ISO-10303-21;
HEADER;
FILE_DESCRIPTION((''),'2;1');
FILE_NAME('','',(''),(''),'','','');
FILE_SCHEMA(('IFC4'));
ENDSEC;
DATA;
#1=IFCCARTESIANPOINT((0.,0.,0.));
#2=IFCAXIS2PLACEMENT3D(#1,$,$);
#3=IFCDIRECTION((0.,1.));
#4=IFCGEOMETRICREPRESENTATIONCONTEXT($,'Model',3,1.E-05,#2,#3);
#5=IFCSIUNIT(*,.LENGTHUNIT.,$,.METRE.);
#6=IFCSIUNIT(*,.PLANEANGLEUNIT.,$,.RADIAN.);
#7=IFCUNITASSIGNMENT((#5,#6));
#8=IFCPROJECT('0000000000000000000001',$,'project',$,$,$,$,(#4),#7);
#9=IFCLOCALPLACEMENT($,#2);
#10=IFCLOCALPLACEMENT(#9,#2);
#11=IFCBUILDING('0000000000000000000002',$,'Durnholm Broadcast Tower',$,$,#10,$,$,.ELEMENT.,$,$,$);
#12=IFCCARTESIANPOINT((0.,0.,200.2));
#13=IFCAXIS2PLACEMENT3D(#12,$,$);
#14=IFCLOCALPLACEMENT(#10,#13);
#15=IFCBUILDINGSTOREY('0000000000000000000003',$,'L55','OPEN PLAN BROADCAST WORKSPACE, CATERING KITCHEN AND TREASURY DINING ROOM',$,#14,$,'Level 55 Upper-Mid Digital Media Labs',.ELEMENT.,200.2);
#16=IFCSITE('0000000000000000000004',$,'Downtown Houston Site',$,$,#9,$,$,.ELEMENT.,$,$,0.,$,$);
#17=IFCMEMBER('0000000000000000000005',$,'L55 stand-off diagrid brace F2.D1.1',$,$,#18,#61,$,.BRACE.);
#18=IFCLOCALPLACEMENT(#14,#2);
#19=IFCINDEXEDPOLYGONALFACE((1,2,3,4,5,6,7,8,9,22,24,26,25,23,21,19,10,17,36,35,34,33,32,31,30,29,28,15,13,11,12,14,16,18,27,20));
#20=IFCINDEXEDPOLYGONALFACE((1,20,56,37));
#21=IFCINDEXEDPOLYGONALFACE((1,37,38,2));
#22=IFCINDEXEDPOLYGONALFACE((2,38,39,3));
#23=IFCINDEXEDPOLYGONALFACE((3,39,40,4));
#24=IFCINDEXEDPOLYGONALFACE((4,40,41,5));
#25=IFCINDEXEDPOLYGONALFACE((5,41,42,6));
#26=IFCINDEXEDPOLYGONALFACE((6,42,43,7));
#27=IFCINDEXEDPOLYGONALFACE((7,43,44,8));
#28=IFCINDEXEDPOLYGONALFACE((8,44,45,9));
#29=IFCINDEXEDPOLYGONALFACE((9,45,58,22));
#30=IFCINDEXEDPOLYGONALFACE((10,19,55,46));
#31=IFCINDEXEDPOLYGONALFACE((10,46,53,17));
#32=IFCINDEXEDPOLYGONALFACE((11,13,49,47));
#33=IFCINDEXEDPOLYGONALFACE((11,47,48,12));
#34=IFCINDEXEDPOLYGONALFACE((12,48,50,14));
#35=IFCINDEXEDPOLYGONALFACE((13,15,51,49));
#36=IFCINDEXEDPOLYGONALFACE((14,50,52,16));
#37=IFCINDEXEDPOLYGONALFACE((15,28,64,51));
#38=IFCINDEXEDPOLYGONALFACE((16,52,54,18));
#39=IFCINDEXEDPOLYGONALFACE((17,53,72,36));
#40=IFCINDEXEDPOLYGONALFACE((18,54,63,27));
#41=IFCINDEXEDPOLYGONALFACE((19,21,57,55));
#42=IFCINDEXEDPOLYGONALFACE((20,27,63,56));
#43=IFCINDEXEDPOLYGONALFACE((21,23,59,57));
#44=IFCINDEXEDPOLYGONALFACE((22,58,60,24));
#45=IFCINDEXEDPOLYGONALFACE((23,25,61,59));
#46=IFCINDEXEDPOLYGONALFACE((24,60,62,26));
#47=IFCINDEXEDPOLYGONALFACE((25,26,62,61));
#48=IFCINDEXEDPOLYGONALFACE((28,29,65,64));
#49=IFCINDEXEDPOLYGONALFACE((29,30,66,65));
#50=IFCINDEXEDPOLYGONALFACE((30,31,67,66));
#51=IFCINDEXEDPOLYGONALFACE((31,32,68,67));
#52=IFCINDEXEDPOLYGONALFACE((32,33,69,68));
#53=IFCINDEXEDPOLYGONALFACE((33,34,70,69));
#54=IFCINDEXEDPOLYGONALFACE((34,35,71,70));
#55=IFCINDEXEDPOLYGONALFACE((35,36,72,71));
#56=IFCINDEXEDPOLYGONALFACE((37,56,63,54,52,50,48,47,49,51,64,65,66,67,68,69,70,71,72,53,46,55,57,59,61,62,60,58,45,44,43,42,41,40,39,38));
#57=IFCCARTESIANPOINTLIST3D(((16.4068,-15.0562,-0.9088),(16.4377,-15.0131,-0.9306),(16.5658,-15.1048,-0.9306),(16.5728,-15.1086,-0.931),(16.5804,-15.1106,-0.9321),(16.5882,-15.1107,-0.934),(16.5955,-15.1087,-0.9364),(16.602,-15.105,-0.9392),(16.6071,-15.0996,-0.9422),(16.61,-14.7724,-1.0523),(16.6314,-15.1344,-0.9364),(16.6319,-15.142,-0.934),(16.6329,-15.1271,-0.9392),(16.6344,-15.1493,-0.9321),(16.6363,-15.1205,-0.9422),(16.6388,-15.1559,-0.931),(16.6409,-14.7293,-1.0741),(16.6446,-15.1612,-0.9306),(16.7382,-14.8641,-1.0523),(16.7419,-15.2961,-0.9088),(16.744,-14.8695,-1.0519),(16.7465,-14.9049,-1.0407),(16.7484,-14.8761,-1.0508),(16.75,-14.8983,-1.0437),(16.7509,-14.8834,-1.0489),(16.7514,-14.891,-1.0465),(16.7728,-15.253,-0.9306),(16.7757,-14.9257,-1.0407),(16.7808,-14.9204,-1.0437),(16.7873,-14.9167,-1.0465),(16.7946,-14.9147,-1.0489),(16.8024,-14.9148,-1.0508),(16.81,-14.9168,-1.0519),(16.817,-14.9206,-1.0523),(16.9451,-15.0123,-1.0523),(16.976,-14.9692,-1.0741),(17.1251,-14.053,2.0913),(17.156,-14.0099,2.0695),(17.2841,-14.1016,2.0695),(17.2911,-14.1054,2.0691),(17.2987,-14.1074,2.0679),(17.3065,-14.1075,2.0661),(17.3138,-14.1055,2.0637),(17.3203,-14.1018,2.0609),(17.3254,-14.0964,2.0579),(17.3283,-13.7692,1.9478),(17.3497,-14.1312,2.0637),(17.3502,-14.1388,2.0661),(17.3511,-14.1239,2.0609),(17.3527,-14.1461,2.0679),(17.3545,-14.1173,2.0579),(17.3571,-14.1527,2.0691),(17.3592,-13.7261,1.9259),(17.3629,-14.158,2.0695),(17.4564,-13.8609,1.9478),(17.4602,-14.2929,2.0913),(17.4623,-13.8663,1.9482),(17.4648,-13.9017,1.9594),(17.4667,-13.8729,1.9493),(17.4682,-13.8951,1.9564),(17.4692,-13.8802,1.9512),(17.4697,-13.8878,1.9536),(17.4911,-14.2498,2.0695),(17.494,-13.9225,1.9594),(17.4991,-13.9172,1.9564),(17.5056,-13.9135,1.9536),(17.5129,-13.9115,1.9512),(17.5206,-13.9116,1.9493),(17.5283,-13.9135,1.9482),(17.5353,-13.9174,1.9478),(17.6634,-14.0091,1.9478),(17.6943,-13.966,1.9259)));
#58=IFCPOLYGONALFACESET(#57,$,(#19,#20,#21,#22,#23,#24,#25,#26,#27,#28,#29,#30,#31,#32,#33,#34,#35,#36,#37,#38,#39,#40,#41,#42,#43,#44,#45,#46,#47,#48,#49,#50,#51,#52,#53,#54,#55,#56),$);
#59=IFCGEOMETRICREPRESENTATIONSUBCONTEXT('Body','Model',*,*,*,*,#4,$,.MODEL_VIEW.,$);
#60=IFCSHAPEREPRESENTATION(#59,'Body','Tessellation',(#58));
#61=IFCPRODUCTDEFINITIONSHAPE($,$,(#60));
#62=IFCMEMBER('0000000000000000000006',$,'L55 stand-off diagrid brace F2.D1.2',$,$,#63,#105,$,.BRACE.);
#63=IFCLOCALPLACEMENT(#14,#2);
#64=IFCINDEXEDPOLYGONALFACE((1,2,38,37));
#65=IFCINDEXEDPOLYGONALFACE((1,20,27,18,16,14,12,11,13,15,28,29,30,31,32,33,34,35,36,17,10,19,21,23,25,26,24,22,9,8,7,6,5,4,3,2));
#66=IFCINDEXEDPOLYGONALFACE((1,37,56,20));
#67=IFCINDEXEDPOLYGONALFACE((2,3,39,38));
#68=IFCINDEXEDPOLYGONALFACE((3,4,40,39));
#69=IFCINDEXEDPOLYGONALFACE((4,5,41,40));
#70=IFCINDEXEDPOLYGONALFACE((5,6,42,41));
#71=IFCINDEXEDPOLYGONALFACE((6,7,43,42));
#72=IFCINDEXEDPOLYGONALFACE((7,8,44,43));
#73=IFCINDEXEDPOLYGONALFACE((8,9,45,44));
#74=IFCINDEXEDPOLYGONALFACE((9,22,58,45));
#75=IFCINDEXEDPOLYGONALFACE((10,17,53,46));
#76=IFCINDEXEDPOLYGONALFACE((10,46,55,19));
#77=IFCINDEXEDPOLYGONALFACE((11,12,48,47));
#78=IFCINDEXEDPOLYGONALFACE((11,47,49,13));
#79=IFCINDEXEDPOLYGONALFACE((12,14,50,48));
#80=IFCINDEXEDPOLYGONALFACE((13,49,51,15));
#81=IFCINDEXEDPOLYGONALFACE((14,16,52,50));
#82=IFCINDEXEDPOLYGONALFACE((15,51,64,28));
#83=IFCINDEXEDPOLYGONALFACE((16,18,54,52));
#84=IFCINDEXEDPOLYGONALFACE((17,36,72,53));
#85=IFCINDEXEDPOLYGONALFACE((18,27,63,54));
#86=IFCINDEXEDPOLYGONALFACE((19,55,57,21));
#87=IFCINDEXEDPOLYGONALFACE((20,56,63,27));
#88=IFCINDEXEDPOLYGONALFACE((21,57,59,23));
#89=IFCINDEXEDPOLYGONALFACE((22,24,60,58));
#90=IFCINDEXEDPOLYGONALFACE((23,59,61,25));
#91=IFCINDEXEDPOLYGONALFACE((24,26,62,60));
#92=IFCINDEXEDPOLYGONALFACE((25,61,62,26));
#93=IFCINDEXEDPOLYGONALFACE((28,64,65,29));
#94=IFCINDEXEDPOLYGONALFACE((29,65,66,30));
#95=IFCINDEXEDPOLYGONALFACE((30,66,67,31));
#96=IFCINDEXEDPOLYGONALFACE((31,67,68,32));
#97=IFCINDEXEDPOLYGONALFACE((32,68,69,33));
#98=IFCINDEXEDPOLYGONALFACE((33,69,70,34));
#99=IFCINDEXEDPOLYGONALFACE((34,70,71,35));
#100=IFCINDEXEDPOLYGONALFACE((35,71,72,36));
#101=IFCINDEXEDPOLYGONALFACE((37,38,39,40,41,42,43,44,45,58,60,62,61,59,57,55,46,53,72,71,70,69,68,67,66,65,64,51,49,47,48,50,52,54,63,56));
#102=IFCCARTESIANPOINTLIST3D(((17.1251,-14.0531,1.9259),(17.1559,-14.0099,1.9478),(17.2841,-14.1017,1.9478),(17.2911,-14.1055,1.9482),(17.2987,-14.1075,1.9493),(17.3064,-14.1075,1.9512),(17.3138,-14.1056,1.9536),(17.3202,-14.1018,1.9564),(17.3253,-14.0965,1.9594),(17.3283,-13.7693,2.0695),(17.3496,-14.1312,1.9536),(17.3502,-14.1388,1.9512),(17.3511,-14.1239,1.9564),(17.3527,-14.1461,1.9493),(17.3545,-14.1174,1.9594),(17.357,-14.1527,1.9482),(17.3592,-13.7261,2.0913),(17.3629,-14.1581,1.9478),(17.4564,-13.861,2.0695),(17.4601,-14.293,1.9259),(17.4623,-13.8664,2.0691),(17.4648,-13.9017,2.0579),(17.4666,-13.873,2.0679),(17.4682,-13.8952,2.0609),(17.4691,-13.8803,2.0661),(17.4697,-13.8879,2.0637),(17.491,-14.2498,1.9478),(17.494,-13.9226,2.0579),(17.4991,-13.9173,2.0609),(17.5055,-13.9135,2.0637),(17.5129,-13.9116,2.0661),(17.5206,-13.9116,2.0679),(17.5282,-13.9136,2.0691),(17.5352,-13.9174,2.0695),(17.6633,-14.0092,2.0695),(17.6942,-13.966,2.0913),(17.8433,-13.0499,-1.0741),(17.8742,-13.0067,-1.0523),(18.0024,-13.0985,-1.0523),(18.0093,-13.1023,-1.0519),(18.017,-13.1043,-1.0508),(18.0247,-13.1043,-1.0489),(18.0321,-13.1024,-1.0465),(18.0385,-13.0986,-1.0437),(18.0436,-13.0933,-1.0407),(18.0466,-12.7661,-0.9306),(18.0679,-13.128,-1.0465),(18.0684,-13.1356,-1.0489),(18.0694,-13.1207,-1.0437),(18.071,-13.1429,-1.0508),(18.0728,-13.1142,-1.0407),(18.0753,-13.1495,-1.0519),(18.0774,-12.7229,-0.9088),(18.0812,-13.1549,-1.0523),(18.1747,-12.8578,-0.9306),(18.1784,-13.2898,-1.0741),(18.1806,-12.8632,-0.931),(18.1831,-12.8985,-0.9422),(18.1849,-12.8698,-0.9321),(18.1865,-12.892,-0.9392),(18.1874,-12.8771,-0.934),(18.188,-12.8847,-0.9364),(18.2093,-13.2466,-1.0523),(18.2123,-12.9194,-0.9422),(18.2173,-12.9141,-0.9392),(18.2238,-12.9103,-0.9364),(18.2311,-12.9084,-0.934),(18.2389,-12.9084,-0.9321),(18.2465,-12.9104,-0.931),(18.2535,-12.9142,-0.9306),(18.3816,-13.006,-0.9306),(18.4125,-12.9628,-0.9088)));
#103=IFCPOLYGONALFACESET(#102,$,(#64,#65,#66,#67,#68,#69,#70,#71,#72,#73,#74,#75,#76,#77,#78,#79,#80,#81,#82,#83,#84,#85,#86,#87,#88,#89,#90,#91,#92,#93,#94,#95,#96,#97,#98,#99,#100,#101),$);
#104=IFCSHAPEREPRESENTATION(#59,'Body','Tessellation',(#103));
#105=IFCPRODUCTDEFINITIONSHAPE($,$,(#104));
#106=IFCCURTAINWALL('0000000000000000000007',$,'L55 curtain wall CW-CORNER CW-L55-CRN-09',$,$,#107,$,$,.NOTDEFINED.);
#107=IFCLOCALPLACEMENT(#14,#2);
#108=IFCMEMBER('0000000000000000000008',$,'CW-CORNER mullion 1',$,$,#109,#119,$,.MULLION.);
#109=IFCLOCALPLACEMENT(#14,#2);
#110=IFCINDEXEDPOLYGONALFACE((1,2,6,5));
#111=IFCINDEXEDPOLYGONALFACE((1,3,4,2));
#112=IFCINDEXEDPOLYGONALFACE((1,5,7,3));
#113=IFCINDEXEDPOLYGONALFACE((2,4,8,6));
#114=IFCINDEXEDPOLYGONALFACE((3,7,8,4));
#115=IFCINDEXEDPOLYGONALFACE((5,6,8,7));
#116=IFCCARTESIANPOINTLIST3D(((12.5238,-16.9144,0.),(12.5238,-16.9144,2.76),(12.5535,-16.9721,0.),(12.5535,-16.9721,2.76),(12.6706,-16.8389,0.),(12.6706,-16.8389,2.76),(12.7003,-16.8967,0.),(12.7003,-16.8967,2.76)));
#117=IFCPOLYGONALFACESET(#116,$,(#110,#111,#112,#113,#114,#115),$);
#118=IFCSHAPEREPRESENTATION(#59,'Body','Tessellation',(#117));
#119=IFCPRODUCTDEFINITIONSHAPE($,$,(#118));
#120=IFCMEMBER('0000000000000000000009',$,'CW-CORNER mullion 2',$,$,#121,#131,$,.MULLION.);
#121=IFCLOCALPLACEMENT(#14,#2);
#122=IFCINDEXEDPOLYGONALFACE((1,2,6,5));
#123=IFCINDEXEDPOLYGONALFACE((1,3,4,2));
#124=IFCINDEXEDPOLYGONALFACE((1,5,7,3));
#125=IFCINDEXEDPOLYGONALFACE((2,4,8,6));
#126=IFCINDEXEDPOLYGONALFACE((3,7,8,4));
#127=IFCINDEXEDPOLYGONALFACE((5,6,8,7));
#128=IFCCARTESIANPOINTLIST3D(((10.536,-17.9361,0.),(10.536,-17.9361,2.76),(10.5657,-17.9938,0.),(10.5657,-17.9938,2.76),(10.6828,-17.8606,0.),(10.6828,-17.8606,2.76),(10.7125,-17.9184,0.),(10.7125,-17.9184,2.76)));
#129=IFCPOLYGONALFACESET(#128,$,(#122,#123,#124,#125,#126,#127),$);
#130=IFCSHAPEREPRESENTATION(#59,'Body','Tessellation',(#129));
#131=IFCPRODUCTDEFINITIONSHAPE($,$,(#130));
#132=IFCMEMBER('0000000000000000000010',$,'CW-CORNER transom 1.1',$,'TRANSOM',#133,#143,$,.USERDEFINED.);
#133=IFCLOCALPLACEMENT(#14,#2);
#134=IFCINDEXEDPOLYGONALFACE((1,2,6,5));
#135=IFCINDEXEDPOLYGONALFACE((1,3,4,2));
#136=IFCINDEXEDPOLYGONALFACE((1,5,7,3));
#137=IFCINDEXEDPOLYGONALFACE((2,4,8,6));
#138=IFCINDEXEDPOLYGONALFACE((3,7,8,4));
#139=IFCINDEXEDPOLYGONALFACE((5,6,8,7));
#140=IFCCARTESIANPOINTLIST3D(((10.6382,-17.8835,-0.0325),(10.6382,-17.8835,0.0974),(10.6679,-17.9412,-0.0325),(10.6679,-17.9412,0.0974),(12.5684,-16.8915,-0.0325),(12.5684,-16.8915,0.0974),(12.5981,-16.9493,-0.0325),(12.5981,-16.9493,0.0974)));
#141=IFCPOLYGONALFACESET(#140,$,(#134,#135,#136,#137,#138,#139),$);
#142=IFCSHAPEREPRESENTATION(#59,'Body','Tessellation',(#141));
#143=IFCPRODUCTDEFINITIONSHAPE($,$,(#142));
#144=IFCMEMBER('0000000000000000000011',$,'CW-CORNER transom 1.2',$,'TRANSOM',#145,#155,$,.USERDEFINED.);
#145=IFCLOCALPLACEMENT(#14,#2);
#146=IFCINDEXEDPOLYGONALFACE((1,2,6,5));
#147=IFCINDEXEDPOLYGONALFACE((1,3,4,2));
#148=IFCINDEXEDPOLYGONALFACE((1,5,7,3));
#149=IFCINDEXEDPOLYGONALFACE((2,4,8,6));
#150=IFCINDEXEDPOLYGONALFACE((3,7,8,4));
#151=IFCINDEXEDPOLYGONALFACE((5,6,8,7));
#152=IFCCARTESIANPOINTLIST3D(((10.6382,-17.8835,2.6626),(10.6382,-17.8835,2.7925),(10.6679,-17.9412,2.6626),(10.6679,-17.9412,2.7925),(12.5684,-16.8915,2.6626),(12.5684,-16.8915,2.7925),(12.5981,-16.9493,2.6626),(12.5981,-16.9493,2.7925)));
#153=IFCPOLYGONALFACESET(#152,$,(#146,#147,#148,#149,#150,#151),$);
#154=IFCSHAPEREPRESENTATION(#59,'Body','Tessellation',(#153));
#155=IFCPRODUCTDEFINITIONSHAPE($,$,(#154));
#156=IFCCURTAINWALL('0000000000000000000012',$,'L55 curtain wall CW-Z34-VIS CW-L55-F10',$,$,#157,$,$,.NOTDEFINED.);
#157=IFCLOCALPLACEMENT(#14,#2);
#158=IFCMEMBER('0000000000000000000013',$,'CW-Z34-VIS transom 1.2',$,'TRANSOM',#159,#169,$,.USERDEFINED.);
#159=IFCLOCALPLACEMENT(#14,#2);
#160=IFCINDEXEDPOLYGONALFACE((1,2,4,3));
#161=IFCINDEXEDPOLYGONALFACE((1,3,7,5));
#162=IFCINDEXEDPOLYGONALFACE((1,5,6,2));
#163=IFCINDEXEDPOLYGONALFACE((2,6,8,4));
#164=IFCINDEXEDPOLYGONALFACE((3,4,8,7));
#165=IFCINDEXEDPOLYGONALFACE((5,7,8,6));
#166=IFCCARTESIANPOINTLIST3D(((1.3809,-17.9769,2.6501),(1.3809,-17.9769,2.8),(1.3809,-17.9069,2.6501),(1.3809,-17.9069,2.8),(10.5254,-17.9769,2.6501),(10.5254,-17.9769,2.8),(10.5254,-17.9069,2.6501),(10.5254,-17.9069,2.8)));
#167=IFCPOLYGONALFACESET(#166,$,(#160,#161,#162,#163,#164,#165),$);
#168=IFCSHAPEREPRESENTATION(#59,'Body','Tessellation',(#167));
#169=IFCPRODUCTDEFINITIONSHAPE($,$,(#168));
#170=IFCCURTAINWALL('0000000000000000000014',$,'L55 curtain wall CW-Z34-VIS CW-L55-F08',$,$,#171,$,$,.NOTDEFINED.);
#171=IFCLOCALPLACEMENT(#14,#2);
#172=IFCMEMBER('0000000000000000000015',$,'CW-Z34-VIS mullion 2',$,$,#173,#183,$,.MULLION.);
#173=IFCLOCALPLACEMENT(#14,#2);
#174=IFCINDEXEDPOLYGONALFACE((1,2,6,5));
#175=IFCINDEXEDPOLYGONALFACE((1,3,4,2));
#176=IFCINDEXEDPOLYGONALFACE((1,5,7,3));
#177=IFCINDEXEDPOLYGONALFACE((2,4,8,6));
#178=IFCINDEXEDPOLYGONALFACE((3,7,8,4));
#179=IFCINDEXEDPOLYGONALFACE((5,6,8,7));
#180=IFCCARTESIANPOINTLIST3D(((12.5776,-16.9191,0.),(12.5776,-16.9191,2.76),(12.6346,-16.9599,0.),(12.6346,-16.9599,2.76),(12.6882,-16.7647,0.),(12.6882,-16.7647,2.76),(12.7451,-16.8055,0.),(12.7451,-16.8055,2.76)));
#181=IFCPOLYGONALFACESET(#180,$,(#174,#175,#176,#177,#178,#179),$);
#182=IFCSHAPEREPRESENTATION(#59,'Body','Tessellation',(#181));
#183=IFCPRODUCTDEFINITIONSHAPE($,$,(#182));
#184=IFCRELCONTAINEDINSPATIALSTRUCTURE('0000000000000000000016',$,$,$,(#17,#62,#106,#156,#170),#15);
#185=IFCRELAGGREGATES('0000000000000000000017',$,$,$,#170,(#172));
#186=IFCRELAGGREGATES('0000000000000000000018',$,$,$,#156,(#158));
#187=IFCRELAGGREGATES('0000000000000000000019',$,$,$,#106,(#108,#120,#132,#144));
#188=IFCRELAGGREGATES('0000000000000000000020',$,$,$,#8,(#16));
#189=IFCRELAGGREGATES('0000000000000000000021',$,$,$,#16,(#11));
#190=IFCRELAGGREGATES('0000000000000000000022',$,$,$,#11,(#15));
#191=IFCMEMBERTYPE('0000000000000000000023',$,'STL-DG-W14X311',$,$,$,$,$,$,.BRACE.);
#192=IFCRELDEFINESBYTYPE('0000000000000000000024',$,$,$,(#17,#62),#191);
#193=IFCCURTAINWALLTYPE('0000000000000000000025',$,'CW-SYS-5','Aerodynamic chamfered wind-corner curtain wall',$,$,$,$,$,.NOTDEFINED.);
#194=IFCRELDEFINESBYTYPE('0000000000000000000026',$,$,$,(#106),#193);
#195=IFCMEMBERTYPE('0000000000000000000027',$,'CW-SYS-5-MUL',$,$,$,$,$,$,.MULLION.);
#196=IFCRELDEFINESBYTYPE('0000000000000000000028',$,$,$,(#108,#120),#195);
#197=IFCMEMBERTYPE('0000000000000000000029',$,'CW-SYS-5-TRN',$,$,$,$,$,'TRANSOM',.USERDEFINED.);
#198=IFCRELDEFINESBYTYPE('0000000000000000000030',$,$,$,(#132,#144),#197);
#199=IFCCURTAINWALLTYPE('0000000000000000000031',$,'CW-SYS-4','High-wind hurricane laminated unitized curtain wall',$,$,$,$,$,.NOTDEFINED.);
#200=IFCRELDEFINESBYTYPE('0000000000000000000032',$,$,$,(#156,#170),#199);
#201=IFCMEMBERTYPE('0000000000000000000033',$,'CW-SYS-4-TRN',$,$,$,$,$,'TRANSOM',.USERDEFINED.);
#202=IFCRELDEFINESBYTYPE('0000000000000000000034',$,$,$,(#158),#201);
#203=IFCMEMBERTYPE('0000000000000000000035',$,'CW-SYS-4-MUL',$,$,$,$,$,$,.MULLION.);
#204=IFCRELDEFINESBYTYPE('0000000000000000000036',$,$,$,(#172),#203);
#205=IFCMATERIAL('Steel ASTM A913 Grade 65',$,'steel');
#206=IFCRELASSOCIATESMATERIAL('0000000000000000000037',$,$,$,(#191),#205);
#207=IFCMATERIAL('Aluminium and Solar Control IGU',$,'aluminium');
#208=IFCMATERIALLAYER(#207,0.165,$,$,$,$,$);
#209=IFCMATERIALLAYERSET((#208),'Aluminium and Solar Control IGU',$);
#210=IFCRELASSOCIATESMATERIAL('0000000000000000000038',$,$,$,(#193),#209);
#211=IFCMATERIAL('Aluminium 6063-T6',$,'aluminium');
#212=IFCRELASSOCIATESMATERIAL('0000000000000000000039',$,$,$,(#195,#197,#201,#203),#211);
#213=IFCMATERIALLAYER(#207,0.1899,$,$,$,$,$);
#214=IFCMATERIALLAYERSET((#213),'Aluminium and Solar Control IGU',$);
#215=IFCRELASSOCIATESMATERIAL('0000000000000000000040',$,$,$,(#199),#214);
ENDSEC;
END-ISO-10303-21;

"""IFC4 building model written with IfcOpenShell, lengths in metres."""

from ifc_helpers import new_model, si_unit, direction, frame, origin, origin_2d, place, context, subcontext, project, spatial, rectangle, i_section, extrude, source, transform, mapped, material, layer, layer_set, material_profile, profile_set, type_object, type_shapes, element, aggregate, save


model = new_model("IFC4")

# Units and contexts
model_context = context("Model", 3, precision=1e-05, world=origin(), true_north=direction((0.0, 1.0)))
body_context = subcontext(model_context, "Body", "Model", "MODEL_VIEW")
ifc_project = project(units=[si_unit("LENGTHUNIT", "METRE"), si_unit("PLANEANGLEUNIT", "RADIAN")], contexts=[model_context])

# Site, building, storey
site_placement = place(None, origin())
site = spatial("IfcSite", under=ifc_project, at=site_placement, Name="Downtown Houston Site", CompositionType="ELEMENT", RefElevation=0.0)
building_placement = place(site_placement, origin())
building = spatial("IfcBuilding", under=site, at=building_placement, Name="Durnholm Broadcast Tower", CompositionType="ELEMENT")
storey_placement = place(building_placement, frame((0.0, 0.0, 200.2)))
storey = spatial("IfcBuildingStorey", under=building, at=storey_placement, Name="L55", Description="OPEN PLAN BROADCAST WORKSPACE, CATERING KITCHEN AND TREASURY DINING ROOM", LongName="Level 55 Upper-Mid Digital Media Labs", CompositionType="ELEMENT", Elevation=200.2)

# Members
ifc_material_1 = material(Name="Steel ASTM A913 Grade 65", Category="steel")
ifc_material_profile_1 = material_profile(ifc_material_1, i_section(OverallWidth=0.4121, OverallDepth=0.4348, WebThickness=0.0359, FlangeThickness=0.0574, FilletRadius=0.0305, at=origin_2d()), Name="W14X311")
ifc_profile_set_1 = profile_set([ifc_material_profile_1], Name="Steel ASTM A913 Grade 65")
member_type_1 = type_object("IfcMemberType", Name="STL-DG-W14X311", PredefinedType="BRACE", material=ifc_profile_set_1)
shared_shape_1 = source(origin(), body_context, "Body", "SweptSolid", [
    extrude(i_section(OverallWidth=0.4121, OverallDepth=0.4348, WebThickness=0.0359, FlangeThickness=0.0574, FilletRadius=0.0305, at=origin_2d()), origin(), (0.0, 0.0, 1.0), 3.2439),
])
type_shapes(member_type_1, [shared_shape_1])
for number, where, z_axis, x_axis, name in (
    (1, (16.6914, -15.0127, -0.9915), (0.221426, 0.309259, 0.92484), (-0.813078, 0.582155, 0.0), "L55 stand-off diagrid brace F2.D1.1"),
    (2, (18.1279, -13.0063, -0.9915), (-0.221426, -0.309259, 0.92484), (0.813078, -0.582155, 0.0), "L55 stand-off diagrid brace F2.D1.2"),
):
    element("IfcMember", number, at=place(storey_placement, frame(where, z_axis=z_axis, x_axis=x_axis)), inside=storey, type_object=member_type_1, Name=name, PredefinedType="BRACE", context=body_context, shape_type="MappedRepresentation", body=[
        mapped(shared_shape_1, transform((0.0, 0.0, 0.0), x_axis=(1.0, 0.0, 0.0), y_axis=(0.0, 1.0, 0.0), z_axis=(0.0, 0.0, 1.0), scale=1.0)),
    ])

# Curtain wall, members
ifc_material_2 = material(Name="Aluminium and Solar Control IGU", Category="aluminium")
ifc_layer_1 = layer(ifc_material_2, 0.165)
ifc_layer_set_1 = layer_set([ifc_layer_1], Name="Aluminium and Solar Control IGU")
curtain_wall_type_1 = type_object("IfcCurtainWallType", Name="CW-SYS-5", Description="Aerodynamic chamfered wind-corner curtain wall", PredefinedType="NOTDEFINED", material=ifc_layer_set_1)
curtain_wall_1_placement = place(storey_placement, origin())
curtain_wall_1 = element("IfcCurtainWall", 3, at=curtain_wall_1_placement, inside=storey, type_object=curtain_wall_type_1, Name="L55 curtain wall CW-CORNER CW-L55-CRN-09", PredefinedType="NOTDEFINED")
ifc_material_3 = material(Name="Aluminium 6063-T6", Category="aluminium")
ifc_material_profile_2 = material_profile(ifc_material_3, rectangle(XDim=0.0649, YDim=0.165, at=origin_2d()), Name="CWM65X165")
ifc_profile_set_2 = profile_set([ifc_material_profile_2], Name="Aluminium 6063-T6")
member_type_2 = type_object("IfcMemberType", Name="CW-SYS-5-MUL", PredefinedType="MULLION", material=ifc_profile_set_2)
shared_shape_2 = source(origin(), body_context, "Body", "SweptSolid", [
    extrude(rectangle(XDim=0.0649, YDim=0.165, at=origin_2d()), origin(), (0.0, 0.0, 1.0), 2.76),
])
type_shapes(member_type_2, [shared_shape_2])
member_1_placement = place(storey_placement, frame((12.6121, -16.9055, 0.0), z_axis=(0.0, 0.0, 1.0), x_axis=(0.457082, -0.889425, 0.0)))
member_1 = element("IfcMember", 4, at=member_1_placement, type_object=member_type_2, Name="CW-CORNER mullion 1", PredefinedType="MULLION", context=body_context, shape_type="MappedRepresentation", body=[
    mapped(shared_shape_2, transform((0.0, 0.0, 0.0), x_axis=(1.0, 0.0, 0.0), y_axis=(0.0, 1.0, 0.0), z_axis=(0.0, 0.0, 1.0), scale=1.0)),
])
member_2_placement = place(storey_placement, frame((10.6243, -17.9272, 0.0), z_axis=(0.0, 0.0, 1.0), x_axis=(0.457082, -0.889425, 0.0)))
member_2 = element("IfcMember", 5, at=member_2_placement, type_object=member_type_2, Name="CW-CORNER mullion 2", PredefinedType="MULLION", context=body_context, shape_type="MappedRepresentation", body=[
    mapped(shared_shape_2, transform((0.0, 0.0, 0.0), x_axis=(1.0, 0.0, 0.0), y_axis=(0.0, 1.0, 0.0), z_axis=(0.0, 0.0, 1.0), scale=1.0)),
])
ifc_material_profile_3 = material_profile(ifc_material_3, rectangle(XDim=0.0649, YDim=0.1299, at=origin_2d()), Name="CWT65X130")
ifc_profile_set_3 = profile_set([ifc_material_profile_3], Name="Aluminium 6063-T6")
member_type_3 = type_object("IfcMemberType", Name="CW-SYS-5-TRN", ElementType="TRANSOM", PredefinedType="USERDEFINED", material=ifc_profile_set_3)
shared_shape_3 = source(origin(), body_context, "Body", "SweptSolid", [
    extrude(rectangle(XDim=0.0649, YDim=0.1299, at=origin_2d()), origin(), (0.0, 0.0, 1.0), 2.1702),
])
type_shapes(member_type_3, [shared_shape_3])
member_3_placement = place(storey_placement, frame((12.5833, -16.9204, 0.0325), z_axis=(-0.889422, -0.457086, 0.0), x_axis=(0.457086, -0.889422, 0.0)))
member_3 = element("IfcMember", 6, at=member_3_placement, type_object=member_type_3, Name="CW-CORNER transom 1.1", ObjectType="TRANSOM", PredefinedType="USERDEFINED", context=body_context, shape_type="MappedRepresentation", body=[
    mapped(shared_shape_3, transform((0.0, 0.0, 0.0), x_axis=(1.0, 0.0, 0.0), y_axis=(0.0, 1.0, 0.0), z_axis=(0.0, 0.0, 1.0), scale=1.0)),
])
member_4_placement = place(storey_placement, frame((12.5833, -16.9204, 2.7275), z_axis=(-0.889422, -0.457086, 0.0), x_axis=(0.457086, -0.889422, 0.0)))
member_4 = element("IfcMember", 7, at=member_4_placement, type_object=member_type_3, Name="CW-CORNER transom 1.2", ObjectType="TRANSOM", PredefinedType="USERDEFINED", context=body_context, shape_type="MappedRepresentation", body=[
    mapped(shared_shape_3, transform((0.0, 0.0, 0.0), x_axis=(1.0, 0.0, 0.0), y_axis=(0.0, 1.0, 0.0), z_axis=(0.0, 0.0, 1.0), scale=1.0)),
])

# Curtain walls, members
ifc_layer_2 = layer(ifc_material_2, 0.1899)
ifc_layer_set_2 = layer_set([ifc_layer_2], Name="Aluminium and Solar Control IGU")
curtain_wall_type_2 = type_object("IfcCurtainWallType", Name="CW-SYS-4", Description="High-wind hurricane laminated unitized curtain wall", PredefinedType="NOTDEFINED", material=ifc_layer_set_2)
curtain_wall_2_placement = place(storey_placement, origin())
curtain_wall_2 = element("IfcCurtainWall", 8, at=curtain_wall_2_placement, inside=storey, type_object=curtain_wall_type_2, Name="L55 curtain wall CW-Z34-VIS CW-L55-F10", PredefinedType="NOTDEFINED")
ifc_material_profile_4 = material_profile(ifc_material_3, rectangle(XDim=0.0701, YDim=0.1499, at=origin_2d()), Name="CWT70X150")
ifc_profile_set_4 = profile_set([ifc_material_profile_4], Name="Aluminium 6063-T6")
member_type_4 = type_object("IfcMemberType", Name="CW-SYS-4-TRN", ElementType="TRANSOM", PredefinedType="USERDEFINED", material=ifc_profile_set_4)
shared_shape_4 = source(origin(), body_context, "Body", "SweptSolid", [
    extrude(rectangle(XDim=0.0701, YDim=0.1499, at=origin_2d()), origin(), (0.0, 0.0, 1.0), 9.1445),
])
type_shapes(member_type_4, [shared_shape_4])
member_5_placement = place(storey_placement, frame((10.5254, -17.9419, 2.7251), z_axis=(-1.0, 0.0, 0.0), x_axis=(0.0, -1.0, 0.0)))
member_5 = element("IfcMember", 9, at=member_5_placement, type_object=member_type_4, Name="CW-Z34-VIS transom 1.2", ObjectType="TRANSOM", PredefinedType="USERDEFINED", context=body_context, shape_type="MappedRepresentation", body=[
    mapped(shared_shape_4, transform((0.0, 0.0, 0.0), x_axis=(1.0, 0.0, 0.0), y_axis=(0.0, 1.0, 0.0), z_axis=(0.0, 0.0, 1.0), scale=1.0)),
])
curtain_wall_3_placement = place(storey_placement, origin())
curtain_wall_3 = element("IfcCurtainWall", 10, at=curtain_wall_3_placement, inside=storey, type_object=curtain_wall_type_2, Name="L55 curtain wall CW-Z34-VIS CW-L55-F08", PredefinedType="NOTDEFINED")
ifc_material_profile_5 = material_profile(ifc_material_3, rectangle(XDim=0.0701, YDim=0.1899, at=origin_2d()), Name="CWM70X190")
ifc_profile_set_5 = profile_set([ifc_material_profile_5], Name="Aluminium 6063-T6")
member_type_5 = type_object("IfcMemberType", Name="CW-SYS-4-MUL", PredefinedType="MULLION", material=ifc_profile_set_5)
shared_shape_5 = source(origin(), body_context, "Body", "SweptSolid", [
    extrude(rectangle(XDim=0.0701, YDim=0.1899, at=origin_2d()), origin(), (0.0, 0.0, 1.0), 2.76),
])
type_shapes(member_type_5, [shared_shape_5])
member_6_placement = place(storey_placement, frame((12.6614, -16.8623, 0.0), z_axis=(0.0, 0.0, 1.0), x_axis=(0.813089, -0.582139, 0.0)))
member_6 = element("IfcMember", 11, at=member_6_placement, type_object=member_type_5, Name="CW-Z34-VIS mullion 2", PredefinedType="MULLION", context=body_context, shape_type="MappedRepresentation", body=[
    mapped(shared_shape_5, transform((0.0, 0.0, 0.0), x_axis=(1.0, 0.0, 0.0), y_axis=(0.0, 1.0, 0.0), z_axis=(0.0, 0.0, 1.0), scale=1.0)),
])
aggregate(curtain_wall_3, [member_6])

aggregate(curtain_wall_2, [member_5])

aggregate(curtain_wall_1, [member_1, member_2, member_3, member_4])

save(model, "model.ifc")
